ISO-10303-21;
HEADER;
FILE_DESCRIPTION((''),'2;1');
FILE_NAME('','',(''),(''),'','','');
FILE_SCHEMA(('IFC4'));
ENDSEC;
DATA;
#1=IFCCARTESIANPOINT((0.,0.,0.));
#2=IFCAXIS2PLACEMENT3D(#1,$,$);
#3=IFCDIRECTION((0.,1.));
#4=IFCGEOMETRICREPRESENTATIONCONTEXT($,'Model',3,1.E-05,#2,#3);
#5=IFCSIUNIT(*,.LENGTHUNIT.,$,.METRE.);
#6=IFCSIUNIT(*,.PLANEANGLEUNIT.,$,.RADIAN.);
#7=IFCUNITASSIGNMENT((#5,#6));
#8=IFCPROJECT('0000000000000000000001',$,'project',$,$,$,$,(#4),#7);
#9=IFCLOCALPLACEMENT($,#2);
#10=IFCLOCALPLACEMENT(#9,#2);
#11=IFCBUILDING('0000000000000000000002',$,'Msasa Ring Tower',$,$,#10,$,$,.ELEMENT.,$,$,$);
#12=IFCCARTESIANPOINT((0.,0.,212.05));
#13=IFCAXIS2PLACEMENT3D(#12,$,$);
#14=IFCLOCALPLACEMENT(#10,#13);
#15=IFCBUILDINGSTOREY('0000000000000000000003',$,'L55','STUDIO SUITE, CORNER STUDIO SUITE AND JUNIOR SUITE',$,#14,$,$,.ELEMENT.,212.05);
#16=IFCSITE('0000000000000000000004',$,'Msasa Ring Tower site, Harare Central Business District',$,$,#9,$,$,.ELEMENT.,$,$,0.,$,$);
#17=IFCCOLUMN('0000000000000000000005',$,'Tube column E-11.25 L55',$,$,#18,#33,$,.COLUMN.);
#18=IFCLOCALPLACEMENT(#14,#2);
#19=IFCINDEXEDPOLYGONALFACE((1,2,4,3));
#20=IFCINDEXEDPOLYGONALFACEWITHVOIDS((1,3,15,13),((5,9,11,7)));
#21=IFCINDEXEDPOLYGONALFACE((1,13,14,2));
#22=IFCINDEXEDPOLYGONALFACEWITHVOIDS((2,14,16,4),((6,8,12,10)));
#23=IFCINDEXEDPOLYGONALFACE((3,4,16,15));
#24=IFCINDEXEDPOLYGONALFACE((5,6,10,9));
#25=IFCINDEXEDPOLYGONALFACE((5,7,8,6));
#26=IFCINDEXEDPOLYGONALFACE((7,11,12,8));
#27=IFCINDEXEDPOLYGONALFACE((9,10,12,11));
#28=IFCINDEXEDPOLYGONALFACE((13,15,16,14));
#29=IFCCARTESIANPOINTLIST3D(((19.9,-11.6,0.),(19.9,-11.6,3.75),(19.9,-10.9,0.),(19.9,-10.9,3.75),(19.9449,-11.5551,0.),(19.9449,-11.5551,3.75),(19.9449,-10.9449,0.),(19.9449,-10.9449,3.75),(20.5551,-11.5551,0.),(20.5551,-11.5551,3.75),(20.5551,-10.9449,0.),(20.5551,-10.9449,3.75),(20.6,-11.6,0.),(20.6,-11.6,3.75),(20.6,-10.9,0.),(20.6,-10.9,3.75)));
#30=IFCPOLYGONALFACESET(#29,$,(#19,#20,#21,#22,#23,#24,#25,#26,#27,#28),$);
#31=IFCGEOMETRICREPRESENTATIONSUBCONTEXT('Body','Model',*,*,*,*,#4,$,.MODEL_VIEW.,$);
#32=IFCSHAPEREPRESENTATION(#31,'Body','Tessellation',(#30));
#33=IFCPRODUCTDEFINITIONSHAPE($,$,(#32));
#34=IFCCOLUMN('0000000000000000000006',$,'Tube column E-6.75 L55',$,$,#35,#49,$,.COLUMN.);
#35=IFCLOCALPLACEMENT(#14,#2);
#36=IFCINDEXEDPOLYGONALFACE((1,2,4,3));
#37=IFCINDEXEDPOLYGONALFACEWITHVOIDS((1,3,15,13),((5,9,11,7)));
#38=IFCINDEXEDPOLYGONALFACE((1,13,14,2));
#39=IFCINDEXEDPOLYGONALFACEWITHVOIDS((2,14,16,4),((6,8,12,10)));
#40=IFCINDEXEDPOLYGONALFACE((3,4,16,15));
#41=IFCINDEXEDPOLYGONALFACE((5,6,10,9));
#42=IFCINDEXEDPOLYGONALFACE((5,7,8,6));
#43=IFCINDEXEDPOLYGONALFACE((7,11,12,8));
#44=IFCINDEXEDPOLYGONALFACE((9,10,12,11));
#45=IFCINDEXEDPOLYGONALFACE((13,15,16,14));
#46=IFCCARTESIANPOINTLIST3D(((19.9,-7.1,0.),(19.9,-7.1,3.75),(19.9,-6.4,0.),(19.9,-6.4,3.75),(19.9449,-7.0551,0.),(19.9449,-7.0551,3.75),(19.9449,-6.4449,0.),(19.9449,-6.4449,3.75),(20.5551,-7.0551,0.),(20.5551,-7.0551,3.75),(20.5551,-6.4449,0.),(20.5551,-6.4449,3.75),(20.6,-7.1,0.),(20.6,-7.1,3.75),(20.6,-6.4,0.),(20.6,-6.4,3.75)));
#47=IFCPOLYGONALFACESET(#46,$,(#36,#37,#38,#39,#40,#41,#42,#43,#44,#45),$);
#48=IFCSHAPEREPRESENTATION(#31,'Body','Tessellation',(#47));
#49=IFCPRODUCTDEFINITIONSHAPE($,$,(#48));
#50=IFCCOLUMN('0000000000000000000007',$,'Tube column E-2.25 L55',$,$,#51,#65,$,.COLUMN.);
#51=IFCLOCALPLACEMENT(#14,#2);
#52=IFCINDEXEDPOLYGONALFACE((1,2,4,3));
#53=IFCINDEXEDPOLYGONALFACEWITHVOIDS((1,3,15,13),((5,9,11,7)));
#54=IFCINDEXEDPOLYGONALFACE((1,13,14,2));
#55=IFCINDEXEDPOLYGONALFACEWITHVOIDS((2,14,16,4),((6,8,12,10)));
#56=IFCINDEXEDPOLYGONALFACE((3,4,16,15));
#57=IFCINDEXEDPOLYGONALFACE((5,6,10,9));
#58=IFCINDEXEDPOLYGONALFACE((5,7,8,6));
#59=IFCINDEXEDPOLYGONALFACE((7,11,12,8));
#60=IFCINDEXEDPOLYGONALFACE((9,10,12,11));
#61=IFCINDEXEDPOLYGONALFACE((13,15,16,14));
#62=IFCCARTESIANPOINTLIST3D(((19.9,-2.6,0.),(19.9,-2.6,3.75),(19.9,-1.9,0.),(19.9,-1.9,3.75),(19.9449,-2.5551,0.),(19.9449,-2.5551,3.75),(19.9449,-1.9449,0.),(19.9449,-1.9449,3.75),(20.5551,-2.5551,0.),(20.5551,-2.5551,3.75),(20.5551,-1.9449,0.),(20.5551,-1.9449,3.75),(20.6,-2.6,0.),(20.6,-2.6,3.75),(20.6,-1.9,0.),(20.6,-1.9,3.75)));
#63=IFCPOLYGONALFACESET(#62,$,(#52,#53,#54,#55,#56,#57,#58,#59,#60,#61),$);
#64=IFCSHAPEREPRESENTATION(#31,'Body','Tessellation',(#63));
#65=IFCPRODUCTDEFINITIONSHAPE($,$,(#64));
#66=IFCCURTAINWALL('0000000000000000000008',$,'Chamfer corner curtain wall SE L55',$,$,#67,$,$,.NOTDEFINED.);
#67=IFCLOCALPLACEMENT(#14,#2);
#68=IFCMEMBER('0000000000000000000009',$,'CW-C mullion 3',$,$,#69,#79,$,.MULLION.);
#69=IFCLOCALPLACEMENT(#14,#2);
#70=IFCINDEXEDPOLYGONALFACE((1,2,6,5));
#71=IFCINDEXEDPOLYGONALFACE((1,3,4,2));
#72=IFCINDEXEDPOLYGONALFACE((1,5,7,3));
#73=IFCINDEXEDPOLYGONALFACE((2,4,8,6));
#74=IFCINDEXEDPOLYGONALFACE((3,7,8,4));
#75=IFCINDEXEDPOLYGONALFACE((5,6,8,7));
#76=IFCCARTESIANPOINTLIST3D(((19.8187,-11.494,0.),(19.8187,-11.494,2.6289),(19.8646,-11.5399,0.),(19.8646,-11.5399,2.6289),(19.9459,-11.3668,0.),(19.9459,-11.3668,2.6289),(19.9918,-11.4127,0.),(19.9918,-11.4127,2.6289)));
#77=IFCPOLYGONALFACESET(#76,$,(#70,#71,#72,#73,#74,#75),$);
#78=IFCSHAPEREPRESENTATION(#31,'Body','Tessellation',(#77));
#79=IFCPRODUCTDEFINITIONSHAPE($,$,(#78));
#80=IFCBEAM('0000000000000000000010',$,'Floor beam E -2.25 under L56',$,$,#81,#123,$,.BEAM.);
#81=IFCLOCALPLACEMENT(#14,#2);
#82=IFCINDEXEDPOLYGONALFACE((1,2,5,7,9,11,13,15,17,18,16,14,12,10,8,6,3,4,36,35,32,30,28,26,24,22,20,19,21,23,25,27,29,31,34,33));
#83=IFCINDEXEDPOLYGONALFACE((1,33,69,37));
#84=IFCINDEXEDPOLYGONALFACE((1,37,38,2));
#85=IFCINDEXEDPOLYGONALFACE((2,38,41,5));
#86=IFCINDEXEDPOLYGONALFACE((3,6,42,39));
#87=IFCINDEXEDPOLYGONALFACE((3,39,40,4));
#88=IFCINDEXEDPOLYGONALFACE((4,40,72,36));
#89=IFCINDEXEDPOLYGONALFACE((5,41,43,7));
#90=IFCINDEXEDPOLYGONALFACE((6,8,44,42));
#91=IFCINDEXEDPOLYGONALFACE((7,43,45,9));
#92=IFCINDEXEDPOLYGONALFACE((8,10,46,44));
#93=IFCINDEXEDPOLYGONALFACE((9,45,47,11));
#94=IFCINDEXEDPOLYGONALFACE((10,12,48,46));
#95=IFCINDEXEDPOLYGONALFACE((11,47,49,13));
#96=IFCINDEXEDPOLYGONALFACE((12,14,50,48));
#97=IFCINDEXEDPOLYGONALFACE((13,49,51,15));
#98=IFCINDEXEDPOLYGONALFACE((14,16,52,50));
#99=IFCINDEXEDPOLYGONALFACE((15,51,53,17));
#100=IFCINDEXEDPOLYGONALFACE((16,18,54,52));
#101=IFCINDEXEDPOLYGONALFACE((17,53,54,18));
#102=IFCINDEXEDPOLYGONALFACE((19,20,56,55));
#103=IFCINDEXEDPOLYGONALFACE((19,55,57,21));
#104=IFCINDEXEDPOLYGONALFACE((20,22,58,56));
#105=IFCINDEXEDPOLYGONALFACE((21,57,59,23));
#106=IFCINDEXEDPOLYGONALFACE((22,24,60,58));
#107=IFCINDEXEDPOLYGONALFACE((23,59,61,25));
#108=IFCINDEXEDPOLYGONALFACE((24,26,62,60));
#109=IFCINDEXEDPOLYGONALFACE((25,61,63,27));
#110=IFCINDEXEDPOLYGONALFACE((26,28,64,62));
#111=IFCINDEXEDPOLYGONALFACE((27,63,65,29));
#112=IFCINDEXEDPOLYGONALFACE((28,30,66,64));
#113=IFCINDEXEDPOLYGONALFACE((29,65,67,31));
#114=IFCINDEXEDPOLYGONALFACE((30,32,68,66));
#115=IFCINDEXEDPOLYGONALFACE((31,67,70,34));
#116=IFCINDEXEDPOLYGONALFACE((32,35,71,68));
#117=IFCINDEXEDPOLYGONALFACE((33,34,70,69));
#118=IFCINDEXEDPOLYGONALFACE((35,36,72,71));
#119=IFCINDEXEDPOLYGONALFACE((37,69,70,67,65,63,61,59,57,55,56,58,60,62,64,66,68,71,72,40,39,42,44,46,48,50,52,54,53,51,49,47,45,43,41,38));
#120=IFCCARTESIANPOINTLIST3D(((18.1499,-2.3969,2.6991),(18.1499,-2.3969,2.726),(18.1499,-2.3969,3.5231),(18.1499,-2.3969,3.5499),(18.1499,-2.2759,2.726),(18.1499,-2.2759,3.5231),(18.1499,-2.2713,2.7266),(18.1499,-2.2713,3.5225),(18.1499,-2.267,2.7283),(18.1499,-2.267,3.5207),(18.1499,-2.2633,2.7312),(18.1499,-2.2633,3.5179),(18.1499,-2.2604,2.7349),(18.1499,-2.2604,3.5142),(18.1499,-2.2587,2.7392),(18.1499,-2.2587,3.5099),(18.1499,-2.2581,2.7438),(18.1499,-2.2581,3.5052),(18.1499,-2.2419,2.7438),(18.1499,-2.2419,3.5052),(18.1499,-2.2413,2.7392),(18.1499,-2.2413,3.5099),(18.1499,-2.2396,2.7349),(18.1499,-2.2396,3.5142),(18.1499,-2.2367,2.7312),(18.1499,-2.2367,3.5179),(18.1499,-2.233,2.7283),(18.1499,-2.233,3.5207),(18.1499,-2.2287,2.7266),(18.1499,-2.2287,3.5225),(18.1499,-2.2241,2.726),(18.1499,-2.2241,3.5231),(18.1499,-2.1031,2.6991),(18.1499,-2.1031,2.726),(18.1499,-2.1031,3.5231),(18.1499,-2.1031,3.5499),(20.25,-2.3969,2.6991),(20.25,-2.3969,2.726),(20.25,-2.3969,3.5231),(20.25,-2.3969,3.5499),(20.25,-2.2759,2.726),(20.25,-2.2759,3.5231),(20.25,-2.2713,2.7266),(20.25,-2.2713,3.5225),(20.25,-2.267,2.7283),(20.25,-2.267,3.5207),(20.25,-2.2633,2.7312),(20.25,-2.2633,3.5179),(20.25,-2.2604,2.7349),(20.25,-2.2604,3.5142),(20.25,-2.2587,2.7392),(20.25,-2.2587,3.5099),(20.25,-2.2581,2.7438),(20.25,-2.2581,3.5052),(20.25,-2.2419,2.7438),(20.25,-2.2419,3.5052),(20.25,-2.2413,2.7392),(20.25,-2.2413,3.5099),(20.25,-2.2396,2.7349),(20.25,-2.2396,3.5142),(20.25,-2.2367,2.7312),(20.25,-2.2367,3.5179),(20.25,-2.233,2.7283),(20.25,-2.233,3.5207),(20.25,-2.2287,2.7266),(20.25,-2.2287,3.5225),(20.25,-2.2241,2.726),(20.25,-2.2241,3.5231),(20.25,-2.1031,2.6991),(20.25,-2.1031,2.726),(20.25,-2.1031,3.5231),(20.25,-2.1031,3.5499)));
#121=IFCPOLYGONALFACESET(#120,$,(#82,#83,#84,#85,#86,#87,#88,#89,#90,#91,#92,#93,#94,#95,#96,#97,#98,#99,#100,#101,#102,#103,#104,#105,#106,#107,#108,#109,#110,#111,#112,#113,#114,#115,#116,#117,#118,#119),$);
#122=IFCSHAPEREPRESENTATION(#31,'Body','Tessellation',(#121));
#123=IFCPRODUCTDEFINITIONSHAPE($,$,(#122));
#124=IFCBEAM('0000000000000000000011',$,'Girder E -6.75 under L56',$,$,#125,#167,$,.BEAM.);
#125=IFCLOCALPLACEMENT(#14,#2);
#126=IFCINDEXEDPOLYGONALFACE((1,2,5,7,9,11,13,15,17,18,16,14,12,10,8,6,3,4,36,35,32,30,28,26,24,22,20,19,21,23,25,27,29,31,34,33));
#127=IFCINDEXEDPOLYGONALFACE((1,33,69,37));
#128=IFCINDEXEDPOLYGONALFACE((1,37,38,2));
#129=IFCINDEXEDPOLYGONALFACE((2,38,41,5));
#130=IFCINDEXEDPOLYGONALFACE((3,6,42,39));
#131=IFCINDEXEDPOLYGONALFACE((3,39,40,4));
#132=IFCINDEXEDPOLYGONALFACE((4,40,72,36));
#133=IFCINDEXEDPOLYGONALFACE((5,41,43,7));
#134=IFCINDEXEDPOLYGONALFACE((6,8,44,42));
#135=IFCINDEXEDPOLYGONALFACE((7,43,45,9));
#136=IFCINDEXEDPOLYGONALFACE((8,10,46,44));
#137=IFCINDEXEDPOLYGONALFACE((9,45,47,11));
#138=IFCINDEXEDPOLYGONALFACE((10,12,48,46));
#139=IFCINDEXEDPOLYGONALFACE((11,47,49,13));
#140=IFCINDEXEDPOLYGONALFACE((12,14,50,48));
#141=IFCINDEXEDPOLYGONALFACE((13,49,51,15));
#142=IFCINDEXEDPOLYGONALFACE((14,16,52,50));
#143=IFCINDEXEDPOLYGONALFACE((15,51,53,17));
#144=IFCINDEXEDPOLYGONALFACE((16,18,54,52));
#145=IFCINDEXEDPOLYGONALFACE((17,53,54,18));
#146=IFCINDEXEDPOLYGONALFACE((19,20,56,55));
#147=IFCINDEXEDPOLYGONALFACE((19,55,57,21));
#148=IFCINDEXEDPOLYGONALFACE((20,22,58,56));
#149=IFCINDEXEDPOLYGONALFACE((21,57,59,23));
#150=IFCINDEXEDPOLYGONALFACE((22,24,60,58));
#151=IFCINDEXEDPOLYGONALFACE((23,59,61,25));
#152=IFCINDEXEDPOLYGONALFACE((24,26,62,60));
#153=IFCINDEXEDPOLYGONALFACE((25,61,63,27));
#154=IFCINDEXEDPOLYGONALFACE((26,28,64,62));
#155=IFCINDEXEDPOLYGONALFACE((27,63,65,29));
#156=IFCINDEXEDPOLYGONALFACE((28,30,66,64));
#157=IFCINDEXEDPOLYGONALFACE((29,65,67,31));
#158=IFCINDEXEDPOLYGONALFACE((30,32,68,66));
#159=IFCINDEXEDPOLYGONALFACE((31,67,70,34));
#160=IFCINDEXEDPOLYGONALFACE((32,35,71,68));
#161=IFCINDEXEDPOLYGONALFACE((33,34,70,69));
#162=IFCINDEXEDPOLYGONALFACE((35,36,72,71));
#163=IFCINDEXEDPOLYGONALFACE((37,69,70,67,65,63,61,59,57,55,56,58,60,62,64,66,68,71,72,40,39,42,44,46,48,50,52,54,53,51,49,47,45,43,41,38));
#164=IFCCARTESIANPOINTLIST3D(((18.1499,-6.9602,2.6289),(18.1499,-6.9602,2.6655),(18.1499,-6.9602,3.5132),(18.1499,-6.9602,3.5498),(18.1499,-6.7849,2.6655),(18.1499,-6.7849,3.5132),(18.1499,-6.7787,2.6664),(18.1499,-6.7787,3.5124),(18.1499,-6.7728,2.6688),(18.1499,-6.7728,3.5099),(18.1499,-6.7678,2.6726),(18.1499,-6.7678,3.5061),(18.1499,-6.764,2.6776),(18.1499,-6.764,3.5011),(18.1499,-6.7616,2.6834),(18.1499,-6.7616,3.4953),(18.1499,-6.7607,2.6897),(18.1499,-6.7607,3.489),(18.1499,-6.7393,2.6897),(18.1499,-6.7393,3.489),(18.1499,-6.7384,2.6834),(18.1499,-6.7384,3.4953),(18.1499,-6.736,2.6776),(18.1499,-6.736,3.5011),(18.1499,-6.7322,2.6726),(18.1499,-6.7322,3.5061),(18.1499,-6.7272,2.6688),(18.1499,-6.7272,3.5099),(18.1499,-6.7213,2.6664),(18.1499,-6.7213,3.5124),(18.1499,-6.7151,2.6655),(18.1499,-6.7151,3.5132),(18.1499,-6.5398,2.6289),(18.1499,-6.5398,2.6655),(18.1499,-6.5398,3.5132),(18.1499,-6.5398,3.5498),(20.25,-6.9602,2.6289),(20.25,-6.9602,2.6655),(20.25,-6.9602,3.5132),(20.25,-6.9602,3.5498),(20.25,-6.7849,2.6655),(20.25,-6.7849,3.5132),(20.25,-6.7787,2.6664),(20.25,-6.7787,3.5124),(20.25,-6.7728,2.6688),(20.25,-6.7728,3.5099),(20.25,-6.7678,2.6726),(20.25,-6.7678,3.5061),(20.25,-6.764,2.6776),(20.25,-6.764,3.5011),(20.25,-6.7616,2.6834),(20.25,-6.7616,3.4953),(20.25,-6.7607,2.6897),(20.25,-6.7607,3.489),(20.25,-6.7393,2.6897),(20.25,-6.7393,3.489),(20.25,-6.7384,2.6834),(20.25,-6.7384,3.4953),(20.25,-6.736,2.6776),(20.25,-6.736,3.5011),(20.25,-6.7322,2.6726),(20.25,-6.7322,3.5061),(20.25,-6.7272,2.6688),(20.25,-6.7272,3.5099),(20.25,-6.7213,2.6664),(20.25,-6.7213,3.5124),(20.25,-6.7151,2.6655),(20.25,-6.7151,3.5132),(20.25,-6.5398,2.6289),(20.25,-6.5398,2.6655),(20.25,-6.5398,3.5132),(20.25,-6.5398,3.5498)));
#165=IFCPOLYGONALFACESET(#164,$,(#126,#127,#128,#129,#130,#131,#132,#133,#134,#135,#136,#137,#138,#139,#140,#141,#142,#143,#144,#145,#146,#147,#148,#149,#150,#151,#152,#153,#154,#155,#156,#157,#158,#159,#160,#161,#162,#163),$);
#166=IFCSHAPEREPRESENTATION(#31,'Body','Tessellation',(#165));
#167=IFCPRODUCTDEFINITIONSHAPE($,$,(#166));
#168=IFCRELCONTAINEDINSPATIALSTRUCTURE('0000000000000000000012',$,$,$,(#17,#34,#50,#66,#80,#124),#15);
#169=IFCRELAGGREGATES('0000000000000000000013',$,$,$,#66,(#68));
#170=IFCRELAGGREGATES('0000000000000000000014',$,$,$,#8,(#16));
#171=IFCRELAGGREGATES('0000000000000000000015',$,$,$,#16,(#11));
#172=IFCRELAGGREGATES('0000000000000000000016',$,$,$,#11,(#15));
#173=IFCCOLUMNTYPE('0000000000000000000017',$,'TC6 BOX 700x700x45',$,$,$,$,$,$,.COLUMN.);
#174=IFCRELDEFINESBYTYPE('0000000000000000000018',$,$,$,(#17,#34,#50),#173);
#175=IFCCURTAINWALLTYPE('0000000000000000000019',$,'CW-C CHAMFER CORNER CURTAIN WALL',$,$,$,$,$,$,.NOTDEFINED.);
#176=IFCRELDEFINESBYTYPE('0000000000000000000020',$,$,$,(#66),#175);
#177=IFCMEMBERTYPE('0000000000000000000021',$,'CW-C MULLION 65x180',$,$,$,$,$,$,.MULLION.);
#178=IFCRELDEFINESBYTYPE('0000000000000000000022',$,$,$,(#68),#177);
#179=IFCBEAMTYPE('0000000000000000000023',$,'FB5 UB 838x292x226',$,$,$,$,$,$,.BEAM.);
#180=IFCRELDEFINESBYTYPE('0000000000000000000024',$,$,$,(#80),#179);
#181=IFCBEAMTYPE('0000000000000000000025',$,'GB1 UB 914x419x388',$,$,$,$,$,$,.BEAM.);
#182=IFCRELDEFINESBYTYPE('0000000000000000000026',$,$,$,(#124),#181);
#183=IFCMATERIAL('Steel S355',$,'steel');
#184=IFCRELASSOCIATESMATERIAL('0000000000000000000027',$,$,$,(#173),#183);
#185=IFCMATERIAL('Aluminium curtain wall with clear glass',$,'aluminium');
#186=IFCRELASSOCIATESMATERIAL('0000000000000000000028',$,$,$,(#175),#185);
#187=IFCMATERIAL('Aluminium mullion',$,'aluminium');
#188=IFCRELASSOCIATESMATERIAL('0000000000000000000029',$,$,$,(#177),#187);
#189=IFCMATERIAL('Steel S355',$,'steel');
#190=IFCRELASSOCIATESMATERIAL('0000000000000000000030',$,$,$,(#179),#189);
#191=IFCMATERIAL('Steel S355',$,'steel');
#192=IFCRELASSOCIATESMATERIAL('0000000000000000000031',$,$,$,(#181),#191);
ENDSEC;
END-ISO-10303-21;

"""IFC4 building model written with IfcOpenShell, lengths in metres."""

from ifc_helpers import new_model, si_unit, direction, frame, origin, origin_2d, place, context, subcontext, project, spatial, rectangle, hollow_rectangle, i_section, extrude, material, material_profile, profile_set, type_object, element, aggregate, save


model = new_model("IFC4")

# Units and contexts
model_context = context("Model", 3, precision=1e-05, world=origin(), true_north=direction((0.0, 1.0)))
body_context = subcontext(model_context, "Body", "Model", "MODEL_VIEW")
ifc_project = project(units=[si_unit("LENGTHUNIT", "METRE"), si_unit("PLANEANGLEUNIT", "RADIAN")], contexts=[model_context])

# Site, building, storey
site_placement = place(None, origin())
site = spatial("IfcSite", under=ifc_project, at=site_placement, Name="Msasa Ring Tower site, Harare Central Business District", CompositionType="ELEMENT", RefElevation=0.0)
building_placement = place(site_placement, origin())
building = spatial("IfcBuilding", under=site, at=building_placement, Name="Msasa Ring Tower", CompositionType="ELEMENT")
storey_placement = place(building_placement, frame((0.0, 0.0, 212.05)))
storey = spatial("IfcBuildingStorey", under=building, at=storey_placement, Name="L55", Description="STUDIO SUITE, CORNER STUDIO SUITE AND JUNIOR SUITE", CompositionType="ELEMENT", Elevation=212.05)

# Columns
ifc_material_1 = material(Name="Steel S355", Category="steel")
ifc_material_profile_1 = material_profile(ifc_material_1, hollow_rectangle(XDim=0.7, YDim=0.7, WallThickness=0.0449, at=origin_2d()), Name="BOX 700x700x45")
ifc_profile_set_1 = profile_set([ifc_material_profile_1], Name="Steel S355")
column_type = type_object("IfcColumnType", Name="TC6 BOX 700x700x45", PredefinedType="COLUMN", material=ifc_profile_set_1)
for number, where, z_axis, x_axis, name in (
    (1, (20.25, -11.25, 0.0), (0.0, 0.0, 1.0), (1.0, 0.0, 0.0), "Tube column E-11.25 L55"),
    (2, (20.25, -6.75, 0.0), (0.0, 0.0, 1.0), (1.0, 0.0, 0.0), "Tube column E-6.75 L55"),
    (3, (20.25, -2.25, 0.0), (0.0, 0.0, 1.0), (1.0, 0.0, 0.0), "Tube column E-2.25 L55"),
):
    element("IfcColumn", number, at=place(storey_placement, frame(where, z_axis=z_axis, x_axis=x_axis)), inside=storey, type_object=column_type, Name=name, PredefinedType="COLUMN", context=body_context, shape_type="SweptSolid", body=[
        extrude(hollow_rectangle(XDim=0.7, YDim=0.7, WallThickness=0.0449, at=origin_2d()), origin(), (0.0, 0.0, 1.0), 3.75),
    ])

# Curtain wall, member
ifc_material_2 = material(Name="Aluminium curtain wall with clear glass", Category="aluminium")
curtain_wall_type = type_object("IfcCurtainWallType", Name="CW-C CHAMFER CORNER CURTAIN WALL", PredefinedType="NOTDEFINED", material=ifc_material_2)
curtain_wall_placement = place(storey_placement, origin())
curtain_wall = element("IfcCurtainWall", 4, at=curtain_wall_placement, inside=storey, type_object=curtain_wall_type, Name="Chamfer corner curtain wall SE L55", PredefinedType="NOTDEFINED")
ifc_material_3 = material(Name="Aluminium mullion", Category="aluminium")
ifc_material_profile_2 = material_profile(ifc_material_3, rectangle(XDim=0.0649, YDim=0.1799, at=origin_2d()), Name="AL 65x180")
ifc_profile_set_2 = profile_set([ifc_material_profile_2], Name="Aluminium mullion")
member_type = type_object("IfcMemberType", Name="CW-C MULLION 65x180", PredefinedType="MULLION", material=ifc_profile_set_2)
member_placement = place(storey_placement, frame((19.9053, -11.4534, 0.0), z_axis=(0.0, 0.0, 1.0), x_axis=(-0.707107, 0.707107, 0.0)))
member = element("IfcMember", 5, at=member_placement, type_object=member_type, Name="CW-C mullion 3", PredefinedType="MULLION", context=body_context, shape_type="SweptSolid", body=[
    extrude(rectangle(XDim=0.0649, YDim=0.1799, at=origin_2d()), origin(), (0.0, 0.0, 1.0), 2.6289),
])
aggregate(curtain_wall, [member])

# Beams
ifc_material_4 = material(Name="Steel S355", Category="steel")
ifc_material_profile_3 = material_profile(ifc_material_4, i_section(OverallWidth=0.2937, OverallDepth=0.8508, WebThickness=0.0161, FlangeThickness=0.0269, FilletRadius=0.0178, at=origin_2d()), Name="UB 838x292x226")
ifc_profile_set_3 = profile_set([ifc_material_profile_3], Name="Steel S355")
beam_type_1 = type_object("IfcBeamType", Name="FB5 UB 838x292x226", PredefinedType="BEAM", material=ifc_profile_set_3)
beam_1_placement = place(storey_placement, frame((20.25, -2.25, 3.1245), z_axis=(-1.0, 0.0, 0.0), x_axis=(0.0, -1.0, 0.0)))
element("IfcBeam", 6, at=beam_1_placement, inside=storey, type_object=beam_type_1, Name="Floor beam E -2.25 under L56", PredefinedType="BEAM", context=body_context, shape_type="SweptSolid", body=[
    extrude(i_section(OverallWidth=0.2937, OverallDepth=0.8508, WebThickness=0.0161, FlangeThickness=0.0269, FilletRadius=0.0178, at=origin_2d()), origin(), (0.0, 0.0, 1.0), 2.1001),
])
ifc_material_5 = material(Name="Steel S355", Category="steel")
ifc_material_profile_4 = material_profile(ifc_material_5, i_section(OverallWidth=0.4204, OverallDepth=0.9209, WebThickness=0.0215, FlangeThickness=0.0366, FilletRadius=0.0242, at=origin_2d()), Name="UB 914x419x388")
ifc_profile_set_4 = profile_set([ifc_material_profile_4], Name="Steel S355")
beam_type_2 = type_object("IfcBeamType", Name="GB1 UB 914x419x388", PredefinedType="BEAM", material=ifc_profile_set_4)
beam_2_placement = place(storey_placement, frame((18.1499, -6.75, 3.0894), z_axis=(1.0, 0.0, 0.0), x_axis=(0.0, 1.0, 0.0)))
element("IfcBeam", 7, at=beam_2_placement, inside=storey, type_object=beam_type_2, Name="Girder E -6.75 under L56", PredefinedType="BEAM", context=body_context, shape_type="SweptSolid", body=[
    extrude(i_section(OverallWidth=0.4204, OverallDepth=0.9209, WebThickness=0.0215, FlangeThickness=0.0366, FilletRadius=0.0242, at=origin_2d()), origin(), (0.0, 0.0, 1.0), 2.1001),
])

save(model, "model.ifc")
